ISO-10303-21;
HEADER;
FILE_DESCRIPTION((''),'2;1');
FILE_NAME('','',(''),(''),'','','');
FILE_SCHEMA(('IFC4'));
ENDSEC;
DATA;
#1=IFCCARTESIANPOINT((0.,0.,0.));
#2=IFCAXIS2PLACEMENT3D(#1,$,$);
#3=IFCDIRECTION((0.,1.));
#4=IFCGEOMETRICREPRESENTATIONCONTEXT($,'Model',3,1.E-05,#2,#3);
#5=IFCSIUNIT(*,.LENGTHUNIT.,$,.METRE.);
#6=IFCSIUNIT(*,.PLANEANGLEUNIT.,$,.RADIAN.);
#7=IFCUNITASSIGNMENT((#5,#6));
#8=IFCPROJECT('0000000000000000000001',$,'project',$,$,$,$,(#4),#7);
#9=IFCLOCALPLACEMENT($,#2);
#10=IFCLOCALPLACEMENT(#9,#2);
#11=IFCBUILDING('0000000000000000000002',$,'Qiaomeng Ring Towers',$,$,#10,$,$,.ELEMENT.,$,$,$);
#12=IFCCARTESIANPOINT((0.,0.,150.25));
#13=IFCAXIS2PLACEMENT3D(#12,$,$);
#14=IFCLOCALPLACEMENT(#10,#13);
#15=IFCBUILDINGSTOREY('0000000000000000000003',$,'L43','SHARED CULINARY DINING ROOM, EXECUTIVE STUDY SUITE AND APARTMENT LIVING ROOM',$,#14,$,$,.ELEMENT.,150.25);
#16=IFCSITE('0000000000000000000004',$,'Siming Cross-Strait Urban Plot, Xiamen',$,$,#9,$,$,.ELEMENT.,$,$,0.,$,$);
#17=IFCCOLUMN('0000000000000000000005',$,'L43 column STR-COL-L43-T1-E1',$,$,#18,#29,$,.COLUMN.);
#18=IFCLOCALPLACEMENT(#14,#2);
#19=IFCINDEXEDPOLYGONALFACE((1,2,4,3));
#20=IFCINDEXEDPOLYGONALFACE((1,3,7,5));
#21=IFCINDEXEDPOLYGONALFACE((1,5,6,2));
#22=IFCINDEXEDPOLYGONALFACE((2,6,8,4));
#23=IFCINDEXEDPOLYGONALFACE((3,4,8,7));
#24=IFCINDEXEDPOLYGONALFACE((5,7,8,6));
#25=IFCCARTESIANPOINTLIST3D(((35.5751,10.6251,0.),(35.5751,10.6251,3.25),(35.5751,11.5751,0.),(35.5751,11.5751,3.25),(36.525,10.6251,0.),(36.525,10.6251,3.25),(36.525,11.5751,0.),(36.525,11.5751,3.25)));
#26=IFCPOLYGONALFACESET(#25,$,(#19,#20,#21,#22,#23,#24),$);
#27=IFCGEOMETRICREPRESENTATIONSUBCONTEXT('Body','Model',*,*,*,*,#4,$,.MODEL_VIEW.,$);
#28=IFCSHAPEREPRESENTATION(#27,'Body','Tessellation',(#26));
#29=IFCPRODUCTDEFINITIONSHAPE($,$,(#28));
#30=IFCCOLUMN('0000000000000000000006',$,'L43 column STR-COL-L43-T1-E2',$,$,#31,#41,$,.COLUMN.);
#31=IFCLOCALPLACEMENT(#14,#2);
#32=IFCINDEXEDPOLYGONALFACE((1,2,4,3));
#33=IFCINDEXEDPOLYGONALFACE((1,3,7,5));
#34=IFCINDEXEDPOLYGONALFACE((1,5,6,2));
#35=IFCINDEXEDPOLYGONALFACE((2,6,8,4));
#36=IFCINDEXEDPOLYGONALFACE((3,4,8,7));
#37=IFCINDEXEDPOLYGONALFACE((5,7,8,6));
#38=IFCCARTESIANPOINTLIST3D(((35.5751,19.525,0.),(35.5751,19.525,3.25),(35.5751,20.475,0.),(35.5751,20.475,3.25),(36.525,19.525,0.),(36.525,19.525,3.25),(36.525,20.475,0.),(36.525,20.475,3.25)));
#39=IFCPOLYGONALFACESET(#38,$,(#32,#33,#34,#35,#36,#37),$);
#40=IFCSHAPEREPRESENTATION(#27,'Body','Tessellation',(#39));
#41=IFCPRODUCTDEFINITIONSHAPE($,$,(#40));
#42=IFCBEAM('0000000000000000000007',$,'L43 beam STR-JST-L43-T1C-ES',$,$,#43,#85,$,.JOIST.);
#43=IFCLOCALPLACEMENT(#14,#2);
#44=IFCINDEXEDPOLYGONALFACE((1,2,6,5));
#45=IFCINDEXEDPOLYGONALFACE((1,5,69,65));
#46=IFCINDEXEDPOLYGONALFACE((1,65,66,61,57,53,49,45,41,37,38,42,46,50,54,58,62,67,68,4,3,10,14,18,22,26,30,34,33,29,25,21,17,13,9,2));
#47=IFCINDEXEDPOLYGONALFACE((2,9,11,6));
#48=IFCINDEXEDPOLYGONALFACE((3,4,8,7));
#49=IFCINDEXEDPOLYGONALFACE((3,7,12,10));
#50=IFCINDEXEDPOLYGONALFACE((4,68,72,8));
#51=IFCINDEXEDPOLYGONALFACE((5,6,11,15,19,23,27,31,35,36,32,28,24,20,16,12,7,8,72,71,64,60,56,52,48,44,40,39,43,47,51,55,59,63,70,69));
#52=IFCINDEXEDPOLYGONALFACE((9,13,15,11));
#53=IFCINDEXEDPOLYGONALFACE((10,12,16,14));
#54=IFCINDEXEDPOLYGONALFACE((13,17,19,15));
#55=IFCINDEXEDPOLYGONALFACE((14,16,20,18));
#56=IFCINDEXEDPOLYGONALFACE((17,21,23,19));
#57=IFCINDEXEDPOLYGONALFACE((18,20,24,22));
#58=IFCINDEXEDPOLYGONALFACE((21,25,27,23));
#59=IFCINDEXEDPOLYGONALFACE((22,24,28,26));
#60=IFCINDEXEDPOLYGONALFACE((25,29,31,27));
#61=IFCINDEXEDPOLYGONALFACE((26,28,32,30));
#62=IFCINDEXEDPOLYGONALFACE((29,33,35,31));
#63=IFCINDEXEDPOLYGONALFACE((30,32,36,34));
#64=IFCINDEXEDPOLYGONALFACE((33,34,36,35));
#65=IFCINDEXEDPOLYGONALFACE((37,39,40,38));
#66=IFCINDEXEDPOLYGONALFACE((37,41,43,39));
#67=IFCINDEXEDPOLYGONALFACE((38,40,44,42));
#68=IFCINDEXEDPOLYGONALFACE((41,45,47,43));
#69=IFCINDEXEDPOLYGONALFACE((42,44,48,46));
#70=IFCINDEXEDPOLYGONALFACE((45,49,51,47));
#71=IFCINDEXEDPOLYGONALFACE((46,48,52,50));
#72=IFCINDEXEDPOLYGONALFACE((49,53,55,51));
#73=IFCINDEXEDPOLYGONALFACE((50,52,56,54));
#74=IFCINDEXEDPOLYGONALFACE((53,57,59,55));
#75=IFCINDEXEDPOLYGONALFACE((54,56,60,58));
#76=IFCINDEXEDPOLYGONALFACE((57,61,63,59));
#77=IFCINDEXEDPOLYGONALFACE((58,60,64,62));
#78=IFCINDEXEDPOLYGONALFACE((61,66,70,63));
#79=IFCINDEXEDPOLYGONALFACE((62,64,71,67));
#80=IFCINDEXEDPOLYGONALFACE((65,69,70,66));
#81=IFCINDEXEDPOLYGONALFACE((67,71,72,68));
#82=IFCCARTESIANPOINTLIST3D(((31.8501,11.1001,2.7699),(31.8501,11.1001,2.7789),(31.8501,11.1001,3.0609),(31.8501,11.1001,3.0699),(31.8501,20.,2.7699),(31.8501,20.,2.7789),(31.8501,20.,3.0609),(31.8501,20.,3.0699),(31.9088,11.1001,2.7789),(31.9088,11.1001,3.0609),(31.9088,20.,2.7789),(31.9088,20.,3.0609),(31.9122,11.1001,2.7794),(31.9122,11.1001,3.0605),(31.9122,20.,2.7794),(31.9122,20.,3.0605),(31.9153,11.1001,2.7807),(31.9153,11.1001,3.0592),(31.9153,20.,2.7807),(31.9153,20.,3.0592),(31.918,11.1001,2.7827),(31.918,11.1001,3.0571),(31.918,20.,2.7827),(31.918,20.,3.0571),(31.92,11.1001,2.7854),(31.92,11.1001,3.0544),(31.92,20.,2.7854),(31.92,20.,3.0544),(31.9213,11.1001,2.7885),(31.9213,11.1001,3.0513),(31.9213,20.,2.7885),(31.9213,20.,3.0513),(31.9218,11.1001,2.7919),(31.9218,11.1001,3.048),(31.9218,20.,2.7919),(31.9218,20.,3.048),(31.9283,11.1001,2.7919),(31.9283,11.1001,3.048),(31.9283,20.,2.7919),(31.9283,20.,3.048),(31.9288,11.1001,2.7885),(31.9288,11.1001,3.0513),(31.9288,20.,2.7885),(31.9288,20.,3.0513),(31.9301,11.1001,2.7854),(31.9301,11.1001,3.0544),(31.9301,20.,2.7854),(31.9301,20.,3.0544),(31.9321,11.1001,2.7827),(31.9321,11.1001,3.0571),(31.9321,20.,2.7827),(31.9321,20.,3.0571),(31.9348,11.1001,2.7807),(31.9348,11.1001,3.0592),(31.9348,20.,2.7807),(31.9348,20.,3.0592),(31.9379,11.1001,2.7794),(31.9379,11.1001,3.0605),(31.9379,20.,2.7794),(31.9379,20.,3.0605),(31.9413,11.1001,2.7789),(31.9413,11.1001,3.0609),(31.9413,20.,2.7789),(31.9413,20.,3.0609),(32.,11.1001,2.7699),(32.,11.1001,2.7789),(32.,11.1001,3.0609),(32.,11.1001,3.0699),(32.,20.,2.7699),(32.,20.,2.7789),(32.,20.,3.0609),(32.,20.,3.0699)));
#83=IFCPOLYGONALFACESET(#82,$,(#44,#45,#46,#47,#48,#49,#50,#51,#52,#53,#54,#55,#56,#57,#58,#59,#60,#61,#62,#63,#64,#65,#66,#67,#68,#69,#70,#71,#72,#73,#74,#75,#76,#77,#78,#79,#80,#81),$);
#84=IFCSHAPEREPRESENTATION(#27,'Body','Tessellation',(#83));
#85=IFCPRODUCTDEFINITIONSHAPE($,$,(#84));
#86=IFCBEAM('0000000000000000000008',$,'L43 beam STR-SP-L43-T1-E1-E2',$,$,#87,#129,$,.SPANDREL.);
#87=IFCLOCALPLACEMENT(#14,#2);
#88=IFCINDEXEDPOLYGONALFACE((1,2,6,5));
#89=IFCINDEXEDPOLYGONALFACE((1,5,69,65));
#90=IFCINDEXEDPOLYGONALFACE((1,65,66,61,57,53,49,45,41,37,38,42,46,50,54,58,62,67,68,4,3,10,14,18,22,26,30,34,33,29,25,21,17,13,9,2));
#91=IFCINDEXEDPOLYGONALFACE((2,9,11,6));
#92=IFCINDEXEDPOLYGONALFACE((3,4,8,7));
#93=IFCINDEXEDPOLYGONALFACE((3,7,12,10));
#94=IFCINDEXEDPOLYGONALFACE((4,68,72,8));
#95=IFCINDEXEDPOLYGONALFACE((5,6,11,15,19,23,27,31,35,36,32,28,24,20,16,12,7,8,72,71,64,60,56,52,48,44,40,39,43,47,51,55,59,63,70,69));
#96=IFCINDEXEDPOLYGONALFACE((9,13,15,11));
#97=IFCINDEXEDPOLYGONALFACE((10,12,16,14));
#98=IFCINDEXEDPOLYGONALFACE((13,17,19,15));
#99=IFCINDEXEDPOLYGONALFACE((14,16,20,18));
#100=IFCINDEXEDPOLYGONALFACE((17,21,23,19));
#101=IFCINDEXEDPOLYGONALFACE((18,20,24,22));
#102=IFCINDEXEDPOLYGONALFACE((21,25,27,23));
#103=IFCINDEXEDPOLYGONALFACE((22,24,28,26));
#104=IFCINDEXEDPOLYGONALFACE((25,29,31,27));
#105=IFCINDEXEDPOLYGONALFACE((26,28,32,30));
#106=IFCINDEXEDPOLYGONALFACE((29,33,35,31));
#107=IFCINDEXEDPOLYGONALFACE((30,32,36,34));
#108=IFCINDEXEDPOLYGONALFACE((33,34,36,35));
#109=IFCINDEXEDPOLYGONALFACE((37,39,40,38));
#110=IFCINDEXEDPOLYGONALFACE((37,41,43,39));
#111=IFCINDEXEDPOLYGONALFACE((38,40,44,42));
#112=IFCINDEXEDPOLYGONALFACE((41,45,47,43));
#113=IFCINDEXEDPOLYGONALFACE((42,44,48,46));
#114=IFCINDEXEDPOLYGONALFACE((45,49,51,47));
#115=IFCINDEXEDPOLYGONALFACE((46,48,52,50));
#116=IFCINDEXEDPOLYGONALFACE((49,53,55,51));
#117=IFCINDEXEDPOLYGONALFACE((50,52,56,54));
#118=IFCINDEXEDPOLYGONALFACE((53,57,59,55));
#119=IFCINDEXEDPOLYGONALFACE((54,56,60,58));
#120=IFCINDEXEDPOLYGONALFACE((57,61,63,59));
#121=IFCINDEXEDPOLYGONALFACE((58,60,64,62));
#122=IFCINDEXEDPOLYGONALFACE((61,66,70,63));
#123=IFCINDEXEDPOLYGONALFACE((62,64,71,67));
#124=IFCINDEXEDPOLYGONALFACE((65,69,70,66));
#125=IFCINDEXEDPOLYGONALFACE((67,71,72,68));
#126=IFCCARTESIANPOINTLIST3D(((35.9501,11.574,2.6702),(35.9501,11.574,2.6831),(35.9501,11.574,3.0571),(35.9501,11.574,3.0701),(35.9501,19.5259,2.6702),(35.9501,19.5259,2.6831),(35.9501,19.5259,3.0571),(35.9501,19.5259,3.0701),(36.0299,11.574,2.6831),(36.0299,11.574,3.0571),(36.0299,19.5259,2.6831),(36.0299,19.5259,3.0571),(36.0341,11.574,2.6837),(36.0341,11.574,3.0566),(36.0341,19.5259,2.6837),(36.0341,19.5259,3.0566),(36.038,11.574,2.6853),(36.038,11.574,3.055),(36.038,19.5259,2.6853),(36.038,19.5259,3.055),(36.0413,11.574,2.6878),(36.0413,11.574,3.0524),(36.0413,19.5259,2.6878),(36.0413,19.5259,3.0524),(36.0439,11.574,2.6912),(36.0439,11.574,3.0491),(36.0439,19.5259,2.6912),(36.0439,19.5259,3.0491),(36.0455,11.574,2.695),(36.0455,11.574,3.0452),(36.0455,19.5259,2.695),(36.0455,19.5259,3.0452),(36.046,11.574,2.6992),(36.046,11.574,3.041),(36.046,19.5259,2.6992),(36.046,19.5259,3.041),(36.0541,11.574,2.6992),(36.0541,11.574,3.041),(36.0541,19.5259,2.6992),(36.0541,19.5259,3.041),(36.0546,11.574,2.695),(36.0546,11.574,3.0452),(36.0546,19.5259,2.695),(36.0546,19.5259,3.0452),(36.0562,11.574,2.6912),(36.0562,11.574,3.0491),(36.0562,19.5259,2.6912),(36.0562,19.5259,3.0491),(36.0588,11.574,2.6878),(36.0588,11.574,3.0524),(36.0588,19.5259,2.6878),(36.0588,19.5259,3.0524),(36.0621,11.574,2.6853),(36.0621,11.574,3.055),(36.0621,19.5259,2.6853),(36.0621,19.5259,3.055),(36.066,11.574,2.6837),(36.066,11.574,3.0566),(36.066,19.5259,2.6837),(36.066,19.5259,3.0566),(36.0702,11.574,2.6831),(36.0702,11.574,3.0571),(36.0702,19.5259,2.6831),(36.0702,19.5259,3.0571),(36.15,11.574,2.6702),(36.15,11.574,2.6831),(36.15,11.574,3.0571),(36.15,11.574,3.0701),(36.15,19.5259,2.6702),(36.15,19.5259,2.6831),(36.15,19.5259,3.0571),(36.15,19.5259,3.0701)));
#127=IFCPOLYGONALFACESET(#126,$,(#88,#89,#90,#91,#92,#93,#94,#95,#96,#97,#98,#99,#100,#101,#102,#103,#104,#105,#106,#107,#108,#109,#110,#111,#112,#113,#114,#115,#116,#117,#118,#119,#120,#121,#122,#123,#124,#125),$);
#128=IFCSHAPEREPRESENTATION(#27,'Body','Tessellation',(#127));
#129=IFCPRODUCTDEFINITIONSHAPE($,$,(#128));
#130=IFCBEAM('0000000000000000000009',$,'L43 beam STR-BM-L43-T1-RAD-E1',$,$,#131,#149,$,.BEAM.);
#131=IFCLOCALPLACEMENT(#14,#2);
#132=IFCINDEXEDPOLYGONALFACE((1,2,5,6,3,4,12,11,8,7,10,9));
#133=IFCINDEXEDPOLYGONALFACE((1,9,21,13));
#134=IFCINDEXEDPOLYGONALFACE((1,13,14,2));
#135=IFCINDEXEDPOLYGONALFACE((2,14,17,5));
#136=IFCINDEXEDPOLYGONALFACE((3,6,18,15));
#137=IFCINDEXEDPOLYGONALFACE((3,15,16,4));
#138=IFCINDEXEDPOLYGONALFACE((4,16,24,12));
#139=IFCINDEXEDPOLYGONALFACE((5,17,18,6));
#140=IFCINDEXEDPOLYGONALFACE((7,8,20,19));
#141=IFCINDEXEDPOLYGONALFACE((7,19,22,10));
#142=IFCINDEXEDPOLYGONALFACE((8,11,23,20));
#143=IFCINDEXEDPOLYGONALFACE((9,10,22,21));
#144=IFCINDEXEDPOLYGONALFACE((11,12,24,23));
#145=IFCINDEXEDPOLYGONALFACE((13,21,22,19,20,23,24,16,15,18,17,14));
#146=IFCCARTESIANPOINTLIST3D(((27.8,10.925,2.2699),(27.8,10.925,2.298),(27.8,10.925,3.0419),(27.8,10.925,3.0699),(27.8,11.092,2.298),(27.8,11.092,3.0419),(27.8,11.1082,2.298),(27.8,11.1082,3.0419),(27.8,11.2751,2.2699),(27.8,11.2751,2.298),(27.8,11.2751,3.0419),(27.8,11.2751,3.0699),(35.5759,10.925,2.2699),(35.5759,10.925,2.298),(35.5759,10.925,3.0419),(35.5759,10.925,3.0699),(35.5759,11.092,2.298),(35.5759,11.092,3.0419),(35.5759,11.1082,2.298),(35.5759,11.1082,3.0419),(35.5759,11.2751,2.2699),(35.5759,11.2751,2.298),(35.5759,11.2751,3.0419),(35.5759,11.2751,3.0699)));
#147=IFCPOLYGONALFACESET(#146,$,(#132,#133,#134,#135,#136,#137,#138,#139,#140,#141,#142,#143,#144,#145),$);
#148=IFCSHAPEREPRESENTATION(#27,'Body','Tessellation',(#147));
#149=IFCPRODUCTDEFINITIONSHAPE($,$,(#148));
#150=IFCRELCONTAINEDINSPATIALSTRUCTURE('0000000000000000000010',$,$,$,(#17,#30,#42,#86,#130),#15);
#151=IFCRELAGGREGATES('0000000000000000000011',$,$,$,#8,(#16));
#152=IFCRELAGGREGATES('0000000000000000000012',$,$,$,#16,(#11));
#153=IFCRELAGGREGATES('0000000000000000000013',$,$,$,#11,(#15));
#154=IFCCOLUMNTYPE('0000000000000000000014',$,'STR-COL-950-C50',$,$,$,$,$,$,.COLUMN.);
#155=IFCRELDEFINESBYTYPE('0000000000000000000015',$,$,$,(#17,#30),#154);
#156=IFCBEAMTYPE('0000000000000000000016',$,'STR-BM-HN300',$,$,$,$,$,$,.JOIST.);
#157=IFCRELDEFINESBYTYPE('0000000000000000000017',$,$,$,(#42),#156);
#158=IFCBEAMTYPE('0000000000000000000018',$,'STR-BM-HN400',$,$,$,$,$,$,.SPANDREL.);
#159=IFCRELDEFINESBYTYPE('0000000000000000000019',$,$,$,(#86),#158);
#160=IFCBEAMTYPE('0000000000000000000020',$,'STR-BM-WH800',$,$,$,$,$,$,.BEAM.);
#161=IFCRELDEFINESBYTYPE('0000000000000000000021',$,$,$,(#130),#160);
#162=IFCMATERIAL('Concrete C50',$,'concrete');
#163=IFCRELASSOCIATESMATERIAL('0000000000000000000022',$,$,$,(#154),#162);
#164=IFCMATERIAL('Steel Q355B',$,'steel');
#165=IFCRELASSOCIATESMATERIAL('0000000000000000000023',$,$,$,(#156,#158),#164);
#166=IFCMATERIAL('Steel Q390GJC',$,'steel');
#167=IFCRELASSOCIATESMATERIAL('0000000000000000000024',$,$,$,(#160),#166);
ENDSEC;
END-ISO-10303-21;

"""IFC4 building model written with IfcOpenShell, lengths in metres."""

from ifc_helpers import new_model, si_unit, direction, frame, origin, origin_2d, place, context, subcontext, project, spatial, rectangle, i_section, extrude, source, transform, mapped, material, material_profile, profile_set, type_object, element, save


model = new_model("IFC4")

# Units and contexts
model_context = context("Model", 3, precision=1e-05, world=origin(), true_north=direction((0.0, 1.0)))
body_context = subcontext(model_context, "Body", "Model", "MODEL_VIEW")
ifc_project = project(units=[si_unit("LENGTHUNIT", "METRE"), si_unit("PLANEANGLEUNIT", "RADIAN")], contexts=[model_context])

# Site, building, storey
site_placement = place(None, origin())
site = spatial("IfcSite", under=ifc_project, at=site_placement, Name="Siming Cross-Strait Urban Plot, Xiamen", CompositionType="ELEMENT", RefElevation=0.0)
building_placement = place(site_placement, origin())
building = spatial("IfcBuilding", under=site, at=building_placement, Name="Qiaomeng Ring Towers", CompositionType="ELEMENT")
storey_placement = place(building_placement, frame((0.0, 0.0, 150.25)))
storey = spatial("IfcBuildingStorey", under=building, at=storey_placement, Name="L43", Description="SHARED CULINARY DINING ROOM, EXECUTIVE STUDY SUITE AND APARTMENT LIVING ROOM", CompositionType="ELEMENT", Elevation=150.25)

# Columns
ifc_material_1 = material(Name="Concrete C50", Category="concrete")
ifc_material_profile_1 = material_profile(ifc_material_1, rectangle(XDim=0.95, YDim=0.95, at=origin_2d()), Name="RC COL 950x950")
ifc_profile_set_1 = profile_set([ifc_material_profile_1], Name="Concrete C50")
column_type = type_object("IfcColumnType", Name="STR-COL-950-C50", PredefinedType="COLUMN", material=ifc_profile_set_1)
shared_shape_1 = source(origin(), body_context, "Body", "SweptSolid", [
    extrude(rectangle(XDim=0.95, YDim=0.95, at=origin_2d()), origin(), (0.0, 0.0, 1.0), 3.25),
])
for number, where, z_axis, x_axis, name in (
    (1, (36.05, 11.1001, 0.0), (0.0, 0.0, 1.0), (1.0, 0.0, 0.0), "L43 column STR-COL-L43-T1-E1"),
    (2, (36.05, 20.0, 0.0), (0.0, 0.0, 1.0), (1.0, 0.0, 0.0), "L43 column STR-COL-L43-T1-E2"),
):
    element("IfcColumn", number, at=place(storey_placement, frame(where, z_axis=z_axis, x_axis=x_axis)), inside=storey, type_object=column_type, Name=name, PredefinedType="COLUMN", context=body_context, shape_type="MappedRepresentation", body=[
        mapped(shared_shape_1, transform((0.0, 0.0, 0.0), x_axis=(1.0, 0.0, 0.0), y_axis=(0.0, 1.0, 0.0), z_axis=(0.0, 0.0, 1.0), scale=1.0)),
    ])

# Beams
ifc_material_2 = material(Name="Steel Q355B", Category="steel")
ifc_material_profile_2 = material_profile(ifc_material_2, i_section(OverallWidth=0.1499, OverallDepth=0.3, WebThickness=0.0066, FlangeThickness=0.009, FilletRadius=0.0129, at=origin_2d()), Name="HN 300x150x6.5x9")
ifc_profile_set_2 = profile_set([ifc_material_profile_2], Name="Steel Q355B")
beam_type_1 = type_object("IfcBeamType", Name="STR-BM-HN300", PredefinedType="JOIST", material=ifc_profile_set_2)
shared_shape_2 = source(origin(), body_context, "Body", "SweptSolid", [
    extrude(i_section(OverallWidth=0.1499, OverallDepth=0.3, WebThickness=0.0066, FlangeThickness=0.009, FilletRadius=0.0129, at=origin_2d()), origin(), (0.0, 0.0, 1.0), 8.8999),
])
beam_1_placement = place(storey_placement, frame((31.925, 11.1001, 2.9199), z_axis=(0.0, 1.0, 0.0), x_axis=(-1.0, 0.0, 0.0)))
element("IfcBeam", 3, at=beam_1_placement, inside=storey, type_object=beam_type_1, Name="L43 beam STR-JST-L43-T1C-ES", PredefinedType="JOIST", context=body_context, shape_type="MappedRepresentation", body=[
    mapped(shared_shape_2, transform((0.0, 0.0, 0.0), x_axis=(1.0, 0.0, 0.0), y_axis=(0.0, 1.0, 0.0), z_axis=(0.0, 0.0, 1.0), scale=1.0)),
])
ifc_material_profile_3 = material_profile(ifc_material_2, i_section(OverallWidth=0.2, OverallDepth=0.3999, WebThickness=0.0081, FlangeThickness=0.0129, FilletRadius=0.0161, at=origin_2d()), Name="HN 400x200x8x13")
ifc_profile_set_3 = profile_set([ifc_material_profile_3], Name="Steel Q355B")
beam_type_2 = type_object("IfcBeamType", Name="STR-BM-HN400", PredefinedType="SPANDREL", material=ifc_profile_set_3)
shared_shape_3 = source(origin(), body_context, "Body", "SweptSolid", [
    extrude(i_section(OverallWidth=0.2, OverallDepth=0.3999, WebThickness=0.0081, FlangeThickness=0.0129, FilletRadius=0.0161, at=origin_2d()), origin(), (0.0, 0.0, 1.0), 7.9519),
])
beam_2_placement = place(storey_placement, frame((36.05, 11.574, 2.8701), z_axis=(0.0, 1.0, 0.0), x_axis=(-1.0, 0.0, 0.0)))
element("IfcBeam", 4, at=beam_2_placement, inside=storey, type_object=beam_type_2, Name="L43 beam STR-SP-L43-T1-E1-E2", PredefinedType="SPANDREL", context=body_context, shape_type="MappedRepresentation", body=[
    mapped(shared_shape_3, transform((0.0, 0.0, 0.0), x_axis=(1.0, 0.0, 0.0), y_axis=(0.0, 1.0, 0.0), z_axis=(0.0, 0.0, 1.0), scale=1.0)),
])
ifc_material_3 = material(Name="Steel Q390GJC", Category="steel")
ifc_material_profile_4 = material_profile(ifc_material_3, i_section(OverallWidth=0.3501, OverallDepth=0.8, WebThickness=0.0161, FlangeThickness=0.0281, at=origin_2d()), Name="WH 800x350x16x28")
ifc_profile_set_4 = profile_set([ifc_material_profile_4], Name="Steel Q390GJC")
beam_type_3 = type_object("IfcBeamType", Name="STR-BM-WH800", PredefinedType="BEAM", material=ifc_profile_set_4)
shared_shape_4 = source(origin(), body_context, "Body", "SweptSolid", [
    extrude(i_section(OverallWidth=0.3501, OverallDepth=0.8, WebThickness=0.0161, FlangeThickness=0.0281, at=origin_2d()), origin(), (0.0, 0.0, 1.0), 7.7759),
])
beam_3_placement = place(storey_placement, frame((27.8, 11.1001, 2.6699), z_axis=(1.0, 0.0, 0.0), x_axis=(0.0, 1.0, 0.0)))
element("IfcBeam", 5, at=beam_3_placement, inside=storey, type_object=beam_type_3, Name="L43 beam STR-BM-L43-T1-RAD-E1", PredefinedType="BEAM", context=body_context, shape_type="MappedRepresentation", body=[
    mapped(shared_shape_4, transform((0.0, 0.0, 0.0), x_axis=(1.0, 0.0, 0.0), y_axis=(0.0, 1.0, 0.0), z_axis=(0.0, 0.0, 1.0), scale=1.0)),
])

save(model, "model.ifc")
